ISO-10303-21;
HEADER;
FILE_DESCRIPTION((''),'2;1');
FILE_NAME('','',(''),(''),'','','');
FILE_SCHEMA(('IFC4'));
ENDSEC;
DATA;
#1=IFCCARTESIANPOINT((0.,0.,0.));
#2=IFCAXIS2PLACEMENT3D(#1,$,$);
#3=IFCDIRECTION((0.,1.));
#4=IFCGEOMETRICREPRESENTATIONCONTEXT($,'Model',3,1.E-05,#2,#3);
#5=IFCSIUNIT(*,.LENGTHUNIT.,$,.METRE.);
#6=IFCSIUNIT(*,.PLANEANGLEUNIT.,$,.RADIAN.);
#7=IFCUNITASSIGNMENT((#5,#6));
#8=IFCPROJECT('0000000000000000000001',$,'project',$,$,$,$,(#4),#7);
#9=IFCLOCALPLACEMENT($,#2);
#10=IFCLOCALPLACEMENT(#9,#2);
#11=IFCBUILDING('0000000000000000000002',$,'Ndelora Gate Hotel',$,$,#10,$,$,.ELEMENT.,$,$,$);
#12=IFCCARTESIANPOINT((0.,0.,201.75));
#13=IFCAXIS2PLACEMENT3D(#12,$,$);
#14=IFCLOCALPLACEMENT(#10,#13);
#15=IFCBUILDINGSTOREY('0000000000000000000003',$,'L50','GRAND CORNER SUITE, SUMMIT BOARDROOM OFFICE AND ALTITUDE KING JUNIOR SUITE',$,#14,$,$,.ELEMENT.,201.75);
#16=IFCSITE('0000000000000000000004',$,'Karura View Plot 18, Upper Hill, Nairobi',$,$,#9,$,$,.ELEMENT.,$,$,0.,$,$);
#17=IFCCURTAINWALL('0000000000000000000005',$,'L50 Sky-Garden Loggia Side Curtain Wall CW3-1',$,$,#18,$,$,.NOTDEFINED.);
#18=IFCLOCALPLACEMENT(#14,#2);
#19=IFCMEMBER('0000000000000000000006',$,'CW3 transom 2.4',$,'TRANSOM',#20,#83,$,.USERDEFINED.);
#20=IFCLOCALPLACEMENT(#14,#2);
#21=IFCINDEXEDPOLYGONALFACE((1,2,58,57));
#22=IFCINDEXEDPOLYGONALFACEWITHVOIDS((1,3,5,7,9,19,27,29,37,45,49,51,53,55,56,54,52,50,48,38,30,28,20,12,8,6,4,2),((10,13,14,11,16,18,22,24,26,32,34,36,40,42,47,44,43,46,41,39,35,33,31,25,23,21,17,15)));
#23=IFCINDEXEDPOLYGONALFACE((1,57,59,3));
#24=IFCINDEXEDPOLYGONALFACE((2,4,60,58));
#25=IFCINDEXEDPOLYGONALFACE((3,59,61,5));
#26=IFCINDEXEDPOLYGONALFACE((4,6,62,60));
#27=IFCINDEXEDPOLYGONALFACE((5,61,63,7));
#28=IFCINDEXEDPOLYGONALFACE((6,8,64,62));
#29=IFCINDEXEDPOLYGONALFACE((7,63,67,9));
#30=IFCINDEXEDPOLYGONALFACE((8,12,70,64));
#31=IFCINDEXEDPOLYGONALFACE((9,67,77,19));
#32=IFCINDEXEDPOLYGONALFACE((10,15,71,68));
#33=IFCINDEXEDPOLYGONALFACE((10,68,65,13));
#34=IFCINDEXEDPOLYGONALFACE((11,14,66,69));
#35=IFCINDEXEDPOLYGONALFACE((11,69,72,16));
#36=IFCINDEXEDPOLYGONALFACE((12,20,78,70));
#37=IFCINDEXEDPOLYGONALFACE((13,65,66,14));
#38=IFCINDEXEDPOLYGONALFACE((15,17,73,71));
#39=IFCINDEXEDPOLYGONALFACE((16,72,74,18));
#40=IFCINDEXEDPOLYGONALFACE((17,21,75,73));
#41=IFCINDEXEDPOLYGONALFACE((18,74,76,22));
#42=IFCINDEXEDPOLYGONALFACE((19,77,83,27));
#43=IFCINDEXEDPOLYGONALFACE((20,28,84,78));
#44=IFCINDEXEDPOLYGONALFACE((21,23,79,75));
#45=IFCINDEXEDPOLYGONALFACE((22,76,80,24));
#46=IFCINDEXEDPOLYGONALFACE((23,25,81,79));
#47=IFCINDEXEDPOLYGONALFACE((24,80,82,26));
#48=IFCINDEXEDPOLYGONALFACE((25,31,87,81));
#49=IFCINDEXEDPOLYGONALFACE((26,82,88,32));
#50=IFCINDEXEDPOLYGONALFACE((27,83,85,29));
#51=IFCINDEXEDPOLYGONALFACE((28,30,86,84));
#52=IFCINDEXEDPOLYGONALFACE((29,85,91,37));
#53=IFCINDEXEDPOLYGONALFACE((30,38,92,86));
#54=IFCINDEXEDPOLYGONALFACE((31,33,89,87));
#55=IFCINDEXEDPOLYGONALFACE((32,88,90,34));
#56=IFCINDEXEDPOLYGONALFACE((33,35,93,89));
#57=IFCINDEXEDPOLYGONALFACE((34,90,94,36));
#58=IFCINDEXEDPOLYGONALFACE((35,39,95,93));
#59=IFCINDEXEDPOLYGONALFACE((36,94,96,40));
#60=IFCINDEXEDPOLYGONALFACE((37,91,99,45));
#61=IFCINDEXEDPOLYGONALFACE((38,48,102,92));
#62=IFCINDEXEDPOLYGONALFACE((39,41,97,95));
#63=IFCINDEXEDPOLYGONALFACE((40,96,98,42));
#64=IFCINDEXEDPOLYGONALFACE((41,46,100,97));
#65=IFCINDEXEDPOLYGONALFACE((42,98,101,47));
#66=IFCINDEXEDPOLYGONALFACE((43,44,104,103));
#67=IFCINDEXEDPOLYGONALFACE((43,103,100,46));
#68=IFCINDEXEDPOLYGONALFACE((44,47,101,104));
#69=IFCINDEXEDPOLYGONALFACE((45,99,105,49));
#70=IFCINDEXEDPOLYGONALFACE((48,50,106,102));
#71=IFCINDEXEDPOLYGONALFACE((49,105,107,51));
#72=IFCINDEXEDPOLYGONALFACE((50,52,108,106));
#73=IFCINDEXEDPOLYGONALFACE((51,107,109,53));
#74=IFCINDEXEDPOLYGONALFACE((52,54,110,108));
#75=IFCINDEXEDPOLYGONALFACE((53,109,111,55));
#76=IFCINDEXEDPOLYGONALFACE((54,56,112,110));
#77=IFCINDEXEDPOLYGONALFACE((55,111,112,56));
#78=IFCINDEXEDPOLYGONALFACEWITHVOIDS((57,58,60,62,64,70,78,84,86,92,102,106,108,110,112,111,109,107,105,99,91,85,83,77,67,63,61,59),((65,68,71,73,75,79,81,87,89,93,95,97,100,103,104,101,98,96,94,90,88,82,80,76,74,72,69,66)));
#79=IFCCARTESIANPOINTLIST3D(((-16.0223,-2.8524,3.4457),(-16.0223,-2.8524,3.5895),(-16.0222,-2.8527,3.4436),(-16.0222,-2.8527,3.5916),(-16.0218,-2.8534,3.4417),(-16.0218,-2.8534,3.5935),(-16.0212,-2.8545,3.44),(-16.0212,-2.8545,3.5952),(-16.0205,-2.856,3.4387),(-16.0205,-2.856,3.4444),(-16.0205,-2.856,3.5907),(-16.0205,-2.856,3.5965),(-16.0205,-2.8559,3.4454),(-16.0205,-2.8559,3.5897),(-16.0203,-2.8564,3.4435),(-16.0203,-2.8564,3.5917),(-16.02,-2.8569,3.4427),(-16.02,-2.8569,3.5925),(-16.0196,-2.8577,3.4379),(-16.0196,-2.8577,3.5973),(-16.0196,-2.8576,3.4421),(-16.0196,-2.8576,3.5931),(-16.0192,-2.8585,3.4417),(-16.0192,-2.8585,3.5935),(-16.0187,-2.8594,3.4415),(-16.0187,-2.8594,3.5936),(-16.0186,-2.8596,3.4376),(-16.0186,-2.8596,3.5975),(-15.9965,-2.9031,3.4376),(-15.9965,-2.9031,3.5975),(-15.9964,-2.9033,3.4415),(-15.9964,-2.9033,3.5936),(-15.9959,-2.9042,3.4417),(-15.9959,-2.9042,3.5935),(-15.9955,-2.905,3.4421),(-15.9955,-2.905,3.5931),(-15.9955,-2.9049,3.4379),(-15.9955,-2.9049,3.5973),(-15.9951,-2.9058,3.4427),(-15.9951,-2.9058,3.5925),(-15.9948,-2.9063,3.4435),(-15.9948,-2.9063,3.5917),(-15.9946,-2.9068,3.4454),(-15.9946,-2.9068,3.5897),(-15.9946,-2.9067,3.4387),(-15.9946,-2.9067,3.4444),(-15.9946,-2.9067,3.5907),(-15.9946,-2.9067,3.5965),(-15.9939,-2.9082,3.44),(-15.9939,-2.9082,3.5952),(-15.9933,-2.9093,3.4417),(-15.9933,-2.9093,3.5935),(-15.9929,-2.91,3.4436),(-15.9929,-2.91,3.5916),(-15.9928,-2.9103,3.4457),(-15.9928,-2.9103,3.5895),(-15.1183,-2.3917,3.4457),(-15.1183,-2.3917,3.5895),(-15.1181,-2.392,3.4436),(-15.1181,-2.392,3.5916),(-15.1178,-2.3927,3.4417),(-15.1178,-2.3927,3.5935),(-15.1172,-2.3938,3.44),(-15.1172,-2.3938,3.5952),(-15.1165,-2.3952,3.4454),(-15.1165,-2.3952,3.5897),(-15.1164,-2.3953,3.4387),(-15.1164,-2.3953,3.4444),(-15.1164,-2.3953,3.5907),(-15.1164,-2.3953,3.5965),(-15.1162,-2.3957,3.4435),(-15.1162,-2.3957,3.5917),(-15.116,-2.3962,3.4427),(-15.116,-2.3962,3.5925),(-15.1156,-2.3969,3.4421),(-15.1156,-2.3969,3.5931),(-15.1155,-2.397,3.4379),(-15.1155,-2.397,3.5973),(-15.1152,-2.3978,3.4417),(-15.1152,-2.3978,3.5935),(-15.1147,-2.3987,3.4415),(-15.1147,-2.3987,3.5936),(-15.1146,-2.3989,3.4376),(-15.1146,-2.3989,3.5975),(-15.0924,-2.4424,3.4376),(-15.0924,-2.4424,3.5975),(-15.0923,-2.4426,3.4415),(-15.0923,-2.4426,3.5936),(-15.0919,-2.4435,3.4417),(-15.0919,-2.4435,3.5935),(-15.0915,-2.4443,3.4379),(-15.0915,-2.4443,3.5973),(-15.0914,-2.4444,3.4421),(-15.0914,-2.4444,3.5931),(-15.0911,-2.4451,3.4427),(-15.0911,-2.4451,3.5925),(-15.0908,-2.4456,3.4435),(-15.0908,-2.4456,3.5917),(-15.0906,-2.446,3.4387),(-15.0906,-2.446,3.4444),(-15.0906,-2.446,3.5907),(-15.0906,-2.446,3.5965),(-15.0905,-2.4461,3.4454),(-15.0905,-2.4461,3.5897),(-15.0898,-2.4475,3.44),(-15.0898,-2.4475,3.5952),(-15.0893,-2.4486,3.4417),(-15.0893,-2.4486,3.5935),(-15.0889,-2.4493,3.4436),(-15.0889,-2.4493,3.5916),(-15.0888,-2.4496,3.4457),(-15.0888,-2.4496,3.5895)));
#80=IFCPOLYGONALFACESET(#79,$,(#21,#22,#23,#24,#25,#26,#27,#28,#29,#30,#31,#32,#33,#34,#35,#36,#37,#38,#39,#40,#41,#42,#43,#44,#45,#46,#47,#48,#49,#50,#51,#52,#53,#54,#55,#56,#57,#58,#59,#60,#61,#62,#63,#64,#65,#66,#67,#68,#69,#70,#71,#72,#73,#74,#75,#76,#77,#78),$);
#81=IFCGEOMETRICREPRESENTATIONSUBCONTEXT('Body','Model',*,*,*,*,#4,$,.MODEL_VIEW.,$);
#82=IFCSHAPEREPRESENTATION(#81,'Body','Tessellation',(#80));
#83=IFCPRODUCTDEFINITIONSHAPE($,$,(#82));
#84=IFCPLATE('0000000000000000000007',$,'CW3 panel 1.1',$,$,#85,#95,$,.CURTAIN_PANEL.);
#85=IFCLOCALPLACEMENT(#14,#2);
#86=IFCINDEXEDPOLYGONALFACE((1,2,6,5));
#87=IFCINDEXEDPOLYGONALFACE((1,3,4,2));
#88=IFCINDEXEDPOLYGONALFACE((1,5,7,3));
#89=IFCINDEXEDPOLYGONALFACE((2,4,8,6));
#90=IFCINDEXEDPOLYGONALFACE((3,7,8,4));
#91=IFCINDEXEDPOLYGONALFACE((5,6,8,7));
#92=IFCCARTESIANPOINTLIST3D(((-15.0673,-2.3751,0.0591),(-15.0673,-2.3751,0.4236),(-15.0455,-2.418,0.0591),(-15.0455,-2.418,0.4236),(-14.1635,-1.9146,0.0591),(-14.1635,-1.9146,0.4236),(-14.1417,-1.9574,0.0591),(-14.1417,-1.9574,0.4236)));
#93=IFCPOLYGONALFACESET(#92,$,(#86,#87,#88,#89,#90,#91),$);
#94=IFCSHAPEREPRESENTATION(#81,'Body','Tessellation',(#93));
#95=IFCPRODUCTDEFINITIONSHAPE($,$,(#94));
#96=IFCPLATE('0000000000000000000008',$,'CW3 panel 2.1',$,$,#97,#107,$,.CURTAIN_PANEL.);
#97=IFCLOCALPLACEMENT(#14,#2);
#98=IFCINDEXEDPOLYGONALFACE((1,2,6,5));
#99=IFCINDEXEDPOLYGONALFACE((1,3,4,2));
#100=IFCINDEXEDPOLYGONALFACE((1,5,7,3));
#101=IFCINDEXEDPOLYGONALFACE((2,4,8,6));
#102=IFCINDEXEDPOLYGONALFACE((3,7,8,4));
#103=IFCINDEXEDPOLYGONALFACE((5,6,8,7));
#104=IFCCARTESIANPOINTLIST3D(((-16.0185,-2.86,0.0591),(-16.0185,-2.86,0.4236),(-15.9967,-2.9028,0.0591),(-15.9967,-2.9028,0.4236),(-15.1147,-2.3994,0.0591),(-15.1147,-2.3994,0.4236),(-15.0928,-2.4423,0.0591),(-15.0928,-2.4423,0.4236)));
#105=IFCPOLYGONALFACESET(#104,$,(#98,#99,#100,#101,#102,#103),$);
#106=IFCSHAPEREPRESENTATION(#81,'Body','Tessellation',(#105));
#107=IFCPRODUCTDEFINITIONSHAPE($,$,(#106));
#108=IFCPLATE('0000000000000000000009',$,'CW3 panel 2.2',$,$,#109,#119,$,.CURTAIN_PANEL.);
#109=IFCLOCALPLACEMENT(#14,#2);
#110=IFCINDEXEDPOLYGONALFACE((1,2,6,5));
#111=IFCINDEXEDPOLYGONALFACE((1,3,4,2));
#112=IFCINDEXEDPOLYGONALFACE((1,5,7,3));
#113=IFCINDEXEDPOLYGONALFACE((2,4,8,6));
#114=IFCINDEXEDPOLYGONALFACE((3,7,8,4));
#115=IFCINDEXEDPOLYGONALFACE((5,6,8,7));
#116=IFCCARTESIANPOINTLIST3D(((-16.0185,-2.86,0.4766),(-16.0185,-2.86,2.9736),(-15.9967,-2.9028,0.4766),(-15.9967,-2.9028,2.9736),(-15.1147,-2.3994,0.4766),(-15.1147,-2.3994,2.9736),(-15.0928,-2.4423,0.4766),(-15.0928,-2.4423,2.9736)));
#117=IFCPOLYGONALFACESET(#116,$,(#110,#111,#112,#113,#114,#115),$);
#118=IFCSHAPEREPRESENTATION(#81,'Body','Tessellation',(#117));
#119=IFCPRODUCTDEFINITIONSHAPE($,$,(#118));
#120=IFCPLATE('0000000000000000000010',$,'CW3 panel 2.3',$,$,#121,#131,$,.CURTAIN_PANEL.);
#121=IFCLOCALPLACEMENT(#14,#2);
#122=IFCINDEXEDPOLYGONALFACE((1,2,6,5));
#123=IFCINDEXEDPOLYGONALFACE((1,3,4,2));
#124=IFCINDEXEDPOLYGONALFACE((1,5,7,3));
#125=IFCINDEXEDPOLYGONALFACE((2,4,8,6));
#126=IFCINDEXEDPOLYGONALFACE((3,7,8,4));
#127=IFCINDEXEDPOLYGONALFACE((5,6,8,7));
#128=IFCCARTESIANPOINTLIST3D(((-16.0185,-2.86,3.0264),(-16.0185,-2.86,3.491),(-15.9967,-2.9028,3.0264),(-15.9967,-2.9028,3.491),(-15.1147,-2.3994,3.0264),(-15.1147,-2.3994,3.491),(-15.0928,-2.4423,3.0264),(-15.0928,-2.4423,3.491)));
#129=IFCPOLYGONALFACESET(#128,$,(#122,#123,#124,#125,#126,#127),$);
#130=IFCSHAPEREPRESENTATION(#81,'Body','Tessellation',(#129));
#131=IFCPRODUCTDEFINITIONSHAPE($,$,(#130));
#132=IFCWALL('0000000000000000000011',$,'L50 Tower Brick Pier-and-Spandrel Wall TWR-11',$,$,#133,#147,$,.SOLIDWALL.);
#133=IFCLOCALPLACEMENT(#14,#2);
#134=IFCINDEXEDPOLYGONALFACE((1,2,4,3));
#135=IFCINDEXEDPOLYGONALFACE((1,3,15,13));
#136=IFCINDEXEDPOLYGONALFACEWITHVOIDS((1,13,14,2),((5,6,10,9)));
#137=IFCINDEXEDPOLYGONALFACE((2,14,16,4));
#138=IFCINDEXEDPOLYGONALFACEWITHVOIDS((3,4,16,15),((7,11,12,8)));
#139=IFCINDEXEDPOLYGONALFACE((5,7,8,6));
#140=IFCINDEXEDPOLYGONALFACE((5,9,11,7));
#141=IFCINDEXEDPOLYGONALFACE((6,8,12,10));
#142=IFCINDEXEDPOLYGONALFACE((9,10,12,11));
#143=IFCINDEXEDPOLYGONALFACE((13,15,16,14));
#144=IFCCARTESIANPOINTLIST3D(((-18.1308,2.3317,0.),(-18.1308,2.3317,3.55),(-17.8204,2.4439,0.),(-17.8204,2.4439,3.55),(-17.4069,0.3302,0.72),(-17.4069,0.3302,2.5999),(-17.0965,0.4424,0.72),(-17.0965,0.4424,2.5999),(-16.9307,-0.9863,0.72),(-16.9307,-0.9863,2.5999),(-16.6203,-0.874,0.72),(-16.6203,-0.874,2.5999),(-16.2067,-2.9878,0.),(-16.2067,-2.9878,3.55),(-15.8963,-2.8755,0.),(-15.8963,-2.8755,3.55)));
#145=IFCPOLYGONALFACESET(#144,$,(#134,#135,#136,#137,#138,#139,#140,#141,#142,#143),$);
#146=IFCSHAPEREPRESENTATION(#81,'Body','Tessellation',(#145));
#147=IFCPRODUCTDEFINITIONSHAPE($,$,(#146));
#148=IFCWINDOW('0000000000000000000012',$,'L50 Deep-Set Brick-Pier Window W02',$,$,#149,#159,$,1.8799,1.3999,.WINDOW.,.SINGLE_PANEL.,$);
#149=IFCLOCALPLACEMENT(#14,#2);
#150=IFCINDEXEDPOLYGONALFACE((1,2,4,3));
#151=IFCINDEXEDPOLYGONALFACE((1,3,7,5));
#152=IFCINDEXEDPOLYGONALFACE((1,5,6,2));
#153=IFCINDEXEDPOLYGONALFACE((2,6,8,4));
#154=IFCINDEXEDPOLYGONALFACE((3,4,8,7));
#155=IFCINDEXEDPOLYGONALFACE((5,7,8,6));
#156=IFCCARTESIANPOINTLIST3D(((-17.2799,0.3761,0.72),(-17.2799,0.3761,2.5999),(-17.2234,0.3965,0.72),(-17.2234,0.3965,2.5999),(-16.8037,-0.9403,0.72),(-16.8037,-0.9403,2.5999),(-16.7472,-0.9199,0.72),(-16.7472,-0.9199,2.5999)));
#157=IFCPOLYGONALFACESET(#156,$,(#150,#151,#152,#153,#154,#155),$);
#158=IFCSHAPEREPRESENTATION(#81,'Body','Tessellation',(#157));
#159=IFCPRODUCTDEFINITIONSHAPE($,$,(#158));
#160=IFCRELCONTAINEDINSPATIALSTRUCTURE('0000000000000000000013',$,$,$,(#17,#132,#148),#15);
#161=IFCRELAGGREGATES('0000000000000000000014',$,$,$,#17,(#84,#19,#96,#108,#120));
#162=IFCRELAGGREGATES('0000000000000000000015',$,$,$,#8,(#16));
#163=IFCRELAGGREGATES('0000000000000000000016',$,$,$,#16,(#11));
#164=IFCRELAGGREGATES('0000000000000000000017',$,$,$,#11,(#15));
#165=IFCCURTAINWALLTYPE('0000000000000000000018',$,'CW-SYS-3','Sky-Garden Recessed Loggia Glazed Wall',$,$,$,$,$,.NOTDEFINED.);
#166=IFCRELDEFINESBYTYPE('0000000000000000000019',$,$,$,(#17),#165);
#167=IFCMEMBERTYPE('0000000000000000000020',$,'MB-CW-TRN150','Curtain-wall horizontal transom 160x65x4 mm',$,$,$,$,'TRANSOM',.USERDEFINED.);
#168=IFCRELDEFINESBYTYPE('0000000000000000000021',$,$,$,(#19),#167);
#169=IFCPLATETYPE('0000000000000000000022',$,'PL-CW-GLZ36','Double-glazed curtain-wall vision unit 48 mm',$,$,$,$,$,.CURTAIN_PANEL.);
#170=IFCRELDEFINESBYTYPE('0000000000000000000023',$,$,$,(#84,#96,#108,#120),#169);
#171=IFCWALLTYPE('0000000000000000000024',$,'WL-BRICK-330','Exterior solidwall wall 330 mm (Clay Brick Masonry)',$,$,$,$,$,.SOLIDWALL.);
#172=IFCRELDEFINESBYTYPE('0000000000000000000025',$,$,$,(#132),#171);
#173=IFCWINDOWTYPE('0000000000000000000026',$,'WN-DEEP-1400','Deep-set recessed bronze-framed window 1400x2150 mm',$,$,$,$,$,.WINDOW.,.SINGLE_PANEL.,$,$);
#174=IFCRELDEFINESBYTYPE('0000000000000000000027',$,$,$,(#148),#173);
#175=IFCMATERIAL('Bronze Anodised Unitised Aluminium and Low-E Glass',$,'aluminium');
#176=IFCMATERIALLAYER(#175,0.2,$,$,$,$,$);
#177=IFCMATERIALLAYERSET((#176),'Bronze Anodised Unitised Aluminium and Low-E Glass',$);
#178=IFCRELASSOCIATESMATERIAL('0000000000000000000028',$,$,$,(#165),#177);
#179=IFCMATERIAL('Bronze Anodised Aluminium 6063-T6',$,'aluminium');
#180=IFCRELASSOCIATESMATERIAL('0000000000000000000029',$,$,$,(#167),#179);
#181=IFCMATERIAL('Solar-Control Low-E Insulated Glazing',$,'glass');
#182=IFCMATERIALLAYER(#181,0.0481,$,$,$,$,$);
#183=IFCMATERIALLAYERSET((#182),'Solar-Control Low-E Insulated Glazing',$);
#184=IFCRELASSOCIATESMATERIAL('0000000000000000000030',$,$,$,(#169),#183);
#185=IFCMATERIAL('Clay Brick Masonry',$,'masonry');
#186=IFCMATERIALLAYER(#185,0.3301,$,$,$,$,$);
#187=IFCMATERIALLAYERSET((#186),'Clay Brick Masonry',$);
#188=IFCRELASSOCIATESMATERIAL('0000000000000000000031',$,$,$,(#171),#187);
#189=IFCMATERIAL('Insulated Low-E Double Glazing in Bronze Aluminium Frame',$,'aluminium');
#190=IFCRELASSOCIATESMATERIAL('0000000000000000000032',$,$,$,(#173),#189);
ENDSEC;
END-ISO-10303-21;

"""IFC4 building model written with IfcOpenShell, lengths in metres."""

from ifc_helpers import new_model, si_unit, direction, frame, frame_2d, origin, origin_2d, place, context, subcontext, project, spatial, rectangle, hollow_rectangle, extrude, material, layer, layer_set, material_profile, profile_set, type_object, element, fill, aggregate, save


model = new_model("IFC4")

# Units and contexts
model_context = context("Model", 3, precision=1e-05, world=origin(), true_north=direction((0.0, 1.0)))
body_context = subcontext(model_context, "Body", "Model", "MODEL_VIEW")
ifc_project = project(units=[si_unit("LENGTHUNIT", "METRE"), si_unit("PLANEANGLEUNIT", "RADIAN")], contexts=[model_context])

# Site, building, storey
site_placement = place(None, origin())
site = spatial("IfcSite", under=ifc_project, at=site_placement, Name="Karura View Plot 18, Upper Hill, Nairobi", CompositionType="ELEMENT", RefElevation=0.0)
building_placement = place(site_placement, origin())
building = spatial("IfcBuilding", under=site, at=building_placement, Name="Ndelora Gate Hotel", CompositionType="ELEMENT")
storey_placement = place(building_placement, frame((0.0, 0.0, 201.75)))
storey = spatial("IfcBuildingStorey", under=building, at=storey_placement, Name="L50", Description="GRAND CORNER SUITE, SUMMIT BOARDROOM OFFICE AND ALTITUDE KING JUNIOR SUITE", CompositionType="ELEMENT", Elevation=201.75)

# Curtain wall, member, plates
ifc_material_1 = material(Name="Bronze Anodised Unitised Aluminium and Low-E Glass", Category="aluminium")
ifc_layer_1 = layer(ifc_material_1, 0.2)
ifc_layer_set_1 = layer_set([ifc_layer_1], Name="Bronze Anodised Unitised Aluminium and Low-E Glass")
curtain_wall_type = type_object("IfcCurtainWallType", Name="CW-SYS-3", Description="Sky-Garden Recessed Loggia Glazed Wall", PredefinedType="NOTDEFINED", material=ifc_layer_set_1)
curtain_wall_placement = place(storey_placement, origin())
curtain_wall = element("IfcCurtainWall", 1, at=curtain_wall_placement, inside=storey, type_object=curtain_wall_type, Name="L50 Sky-Garden Loggia Side Curtain Wall CW3-1", PredefinedType="NOTDEFINED")
ifc_material_2 = material(Name="Bronze Anodised Aluminium 6063-T6", Category="aluminium")
ifc_material_profile_1 = material_profile(ifc_material_2, hollow_rectangle(XDim=0.0649, YDim=0.1599, WallThickness=0.0039, InnerFilletRadius=0.0039, OuterFilletRadius=0.0081, at=origin_2d()), Name="ALU 160x65x4")
ifc_profile_set_1 = profile_set([ifc_material_profile_1], Name="Bronze Anodised Aluminium 6063-T6")
member_type_1 = type_object("IfcMemberType", Name="MB-CW-TRN150", Description="Curtain-wall horizontal transom 160x65x4 mm", ElementType="TRANSOM", PredefinedType="USERDEFINED", material=ifc_profile_set_1)
member_1_placement = place(storey_placement, frame((-15.1035, -2.4207, 3.5176), z_axis=(-0.890984, -0.454034, 0.0), x_axis=(0.454034, -0.890984, 0.0)))
member_1 = element("IfcMember", 2, at=member_1_placement, type_object=member_type_1, Name="CW3 transom 2.4", ObjectType="TRANSOM", PredefinedType="USERDEFINED", context=body_context, shape_type="SweptSolid", body=[
    extrude(hollow_rectangle(XDim=0.0649, YDim=0.1599, WallThickness=0.0039, InnerFilletRadius=0.0039, OuterFilletRadius=0.0081, at=origin_2d()), origin(), (0.0, 0.0, 1.0), 1.0146),
])
ifc_material_3 = material(Name="Solar-Control Low-E Insulated Glazing", Category="glass")
ifc_layer_2 = layer(ifc_material_3, 0.0481)
ifc_layer_set_2 = layer_set([ifc_layer_2], Name="Solar-Control Low-E Insulated Glazing")
plate_type = type_object("IfcPlateType", Name="PL-CW-GLZ36", Description="Double-glazed curtain-wall vision unit 48 mm", PredefinedType="CURTAIN_PANEL", material=ifc_layer_set_2)
plate_1_placement = place(storey_placement, frame((-14.6045, -2.1663, 0.0591), z_axis=(0.0, 0.0, 1.0), x_axis=(-0.891001, -0.454001, 0.0)))
plate_1 = element("IfcPlate", 3, at=plate_1_placement, type_object=plate_type, Name="CW3 panel 1.1", PredefinedType="CURTAIN_PANEL", context=body_context, shape_type="SweptSolid", body=[
    extrude(rectangle(XDim=1.0144, YDim=0.0481, at=origin_2d()), origin(), (0.0, 0.0, 1.0), 0.3645),
])
plate_2_placement = place(storey_placement, frame((-15.5557, -2.6511, 0.0591), z_axis=(0.0, 0.0, 1.0), x_axis=(-0.891001, -0.454001, 0.0)))
plate_2 = element("IfcPlate", 4, at=plate_2_placement, type_object=plate_type, Name="CW3 panel 2.1", PredefinedType="CURTAIN_PANEL", context=body_context, shape_type="SweptSolid", body=[
    extrude(rectangle(XDim=1.0144, YDim=0.0481, at=origin_2d()), origin(), (0.0, 0.0, 1.0), 0.3645),
])
plate_3_placement = place(storey_placement, frame((-15.5557, -2.6511, 0.4766), z_axis=(0.0, 0.0, 1.0), x_axis=(-0.891001, -0.454001, 0.0)))
plate_3 = element("IfcPlate", 5, at=plate_3_placement, type_object=plate_type, Name="CW3 panel 2.2", PredefinedType="CURTAIN_PANEL", context=body_context, shape_type="SweptSolid", body=[
    extrude(rectangle(XDim=1.0144, YDim=0.0481, at=origin_2d()), origin(), (0.0, 0.0, 1.0), 2.4971),
])
plate_4_placement = place(storey_placement, frame((-15.5557, -2.6511, 3.0264), z_axis=(0.0, 0.0, 1.0), x_axis=(-0.891001, -0.454001, 0.0)))
plate_4 = element("IfcPlate", 6, at=plate_4_placement, type_object=plate_type, Name="CW3 panel 2.3", PredefinedType="CURTAIN_PANEL", context=body_context, shape_type="SweptSolid", body=[
    extrude(rectangle(XDim=1.0144, YDim=0.0481, at=origin_2d()), origin(), (0.0, 0.0, 1.0), 0.4646),
])
aggregate(curtain_wall, [plate_1, member_1, plate_2, plate_3, plate_4])

# Wall, opening, window
ifc_material_4 = material(Name="Clay Brick Masonry", Category="masonry")
ifc_layer_3 = layer(ifc_material_4, 0.3301)
ifc_layer_set_3 = layer_set([ifc_layer_3], Name="Clay Brick Masonry")
wall_type_1 = type_object("IfcWallType", Name="WL-BRICK-330", Description="Exterior solidwall wall 330 mm (Clay Brick Masonry)", PredefinedType="SOLIDWALL", material=ifc_layer_set_3)
wall_1_placement = place(storey_placement, frame((-16.0515, -2.9316, 0.0), z_axis=(0.0, 0.0, 1.0), x_axis=(-0.340145, 0.940373, 0.0)))
wall_1 = element("IfcWall", 7, at=wall_1_placement, inside=storey, type_object=wall_type_1, Name="L50 Tower Brick Pier-and-Spandrel Wall TWR-11", PredefinedType="SOLIDWALL", context=body_context, shape_type="SweptSolid", body=[
    extrude(rectangle(XDim=5.6567, YDim=0.3301, at=frame_2d((2.8284, 0.0))), origin(), (0.0, 0.0, 1.0), 3.55),
])
opening_1_placement = place(wall_1_placement, frame((2.1284, 0.0, 0.72)))
opening_1 = element("IfcOpeningElement", 8, at=opening_1_placement, cuts=wall_1, PredefinedType="OPENING", context=body_context, shape_type="SweptSolid", body=[
    extrude(rectangle(XDim=1.3999, YDim=1.8799, at=frame_2d((0.7, 0.9399))), frame((0.0, 0.175, 0.0), z_axis=(0.0, -1.0, 0.0), x_axis=(1.0, 0.0, 0.0)), (0.0, 0.0, 1.0), 0.3501),
])
ifc_material_5 = material(Name="Insulated Low-E Double Glazing in Bronze Aluminium Frame", Category="aluminium")
window_type = type_object("IfcWindowType", Name="WN-DEEP-1400", Description="Deep-set recessed bronze-framed window 1400x2150 mm", PartitioningType="SINGLE_PANEL", PredefinedType="WINDOW", material=ifc_material_5)
window_placement = place(opening_1_placement, origin())
window = element("IfcWindow", 9, at=window_placement, inside=storey, type_object=window_type, Name="L50 Deep-Set Brick-Pier Window W02", OverallHeight=1.8799, OverallWidth=1.3999, PartitioningType="SINGLE_PANEL", PredefinedType="WINDOW", context=body_context, shape_type="SweptSolid", body=[
    extrude(rectangle(XDim=1.3999, YDim=1.8799, at=frame_2d((0.7, 0.9399))), frame((0.0, 0.03, 0.0), z_axis=(0.0, -1.0, 0.0), x_axis=(1.0, 0.0, 0.0)), (0.0, 0.0, 1.0), 0.0601),
])
fill(opening_1, window)

save(model, "model.ifc")
